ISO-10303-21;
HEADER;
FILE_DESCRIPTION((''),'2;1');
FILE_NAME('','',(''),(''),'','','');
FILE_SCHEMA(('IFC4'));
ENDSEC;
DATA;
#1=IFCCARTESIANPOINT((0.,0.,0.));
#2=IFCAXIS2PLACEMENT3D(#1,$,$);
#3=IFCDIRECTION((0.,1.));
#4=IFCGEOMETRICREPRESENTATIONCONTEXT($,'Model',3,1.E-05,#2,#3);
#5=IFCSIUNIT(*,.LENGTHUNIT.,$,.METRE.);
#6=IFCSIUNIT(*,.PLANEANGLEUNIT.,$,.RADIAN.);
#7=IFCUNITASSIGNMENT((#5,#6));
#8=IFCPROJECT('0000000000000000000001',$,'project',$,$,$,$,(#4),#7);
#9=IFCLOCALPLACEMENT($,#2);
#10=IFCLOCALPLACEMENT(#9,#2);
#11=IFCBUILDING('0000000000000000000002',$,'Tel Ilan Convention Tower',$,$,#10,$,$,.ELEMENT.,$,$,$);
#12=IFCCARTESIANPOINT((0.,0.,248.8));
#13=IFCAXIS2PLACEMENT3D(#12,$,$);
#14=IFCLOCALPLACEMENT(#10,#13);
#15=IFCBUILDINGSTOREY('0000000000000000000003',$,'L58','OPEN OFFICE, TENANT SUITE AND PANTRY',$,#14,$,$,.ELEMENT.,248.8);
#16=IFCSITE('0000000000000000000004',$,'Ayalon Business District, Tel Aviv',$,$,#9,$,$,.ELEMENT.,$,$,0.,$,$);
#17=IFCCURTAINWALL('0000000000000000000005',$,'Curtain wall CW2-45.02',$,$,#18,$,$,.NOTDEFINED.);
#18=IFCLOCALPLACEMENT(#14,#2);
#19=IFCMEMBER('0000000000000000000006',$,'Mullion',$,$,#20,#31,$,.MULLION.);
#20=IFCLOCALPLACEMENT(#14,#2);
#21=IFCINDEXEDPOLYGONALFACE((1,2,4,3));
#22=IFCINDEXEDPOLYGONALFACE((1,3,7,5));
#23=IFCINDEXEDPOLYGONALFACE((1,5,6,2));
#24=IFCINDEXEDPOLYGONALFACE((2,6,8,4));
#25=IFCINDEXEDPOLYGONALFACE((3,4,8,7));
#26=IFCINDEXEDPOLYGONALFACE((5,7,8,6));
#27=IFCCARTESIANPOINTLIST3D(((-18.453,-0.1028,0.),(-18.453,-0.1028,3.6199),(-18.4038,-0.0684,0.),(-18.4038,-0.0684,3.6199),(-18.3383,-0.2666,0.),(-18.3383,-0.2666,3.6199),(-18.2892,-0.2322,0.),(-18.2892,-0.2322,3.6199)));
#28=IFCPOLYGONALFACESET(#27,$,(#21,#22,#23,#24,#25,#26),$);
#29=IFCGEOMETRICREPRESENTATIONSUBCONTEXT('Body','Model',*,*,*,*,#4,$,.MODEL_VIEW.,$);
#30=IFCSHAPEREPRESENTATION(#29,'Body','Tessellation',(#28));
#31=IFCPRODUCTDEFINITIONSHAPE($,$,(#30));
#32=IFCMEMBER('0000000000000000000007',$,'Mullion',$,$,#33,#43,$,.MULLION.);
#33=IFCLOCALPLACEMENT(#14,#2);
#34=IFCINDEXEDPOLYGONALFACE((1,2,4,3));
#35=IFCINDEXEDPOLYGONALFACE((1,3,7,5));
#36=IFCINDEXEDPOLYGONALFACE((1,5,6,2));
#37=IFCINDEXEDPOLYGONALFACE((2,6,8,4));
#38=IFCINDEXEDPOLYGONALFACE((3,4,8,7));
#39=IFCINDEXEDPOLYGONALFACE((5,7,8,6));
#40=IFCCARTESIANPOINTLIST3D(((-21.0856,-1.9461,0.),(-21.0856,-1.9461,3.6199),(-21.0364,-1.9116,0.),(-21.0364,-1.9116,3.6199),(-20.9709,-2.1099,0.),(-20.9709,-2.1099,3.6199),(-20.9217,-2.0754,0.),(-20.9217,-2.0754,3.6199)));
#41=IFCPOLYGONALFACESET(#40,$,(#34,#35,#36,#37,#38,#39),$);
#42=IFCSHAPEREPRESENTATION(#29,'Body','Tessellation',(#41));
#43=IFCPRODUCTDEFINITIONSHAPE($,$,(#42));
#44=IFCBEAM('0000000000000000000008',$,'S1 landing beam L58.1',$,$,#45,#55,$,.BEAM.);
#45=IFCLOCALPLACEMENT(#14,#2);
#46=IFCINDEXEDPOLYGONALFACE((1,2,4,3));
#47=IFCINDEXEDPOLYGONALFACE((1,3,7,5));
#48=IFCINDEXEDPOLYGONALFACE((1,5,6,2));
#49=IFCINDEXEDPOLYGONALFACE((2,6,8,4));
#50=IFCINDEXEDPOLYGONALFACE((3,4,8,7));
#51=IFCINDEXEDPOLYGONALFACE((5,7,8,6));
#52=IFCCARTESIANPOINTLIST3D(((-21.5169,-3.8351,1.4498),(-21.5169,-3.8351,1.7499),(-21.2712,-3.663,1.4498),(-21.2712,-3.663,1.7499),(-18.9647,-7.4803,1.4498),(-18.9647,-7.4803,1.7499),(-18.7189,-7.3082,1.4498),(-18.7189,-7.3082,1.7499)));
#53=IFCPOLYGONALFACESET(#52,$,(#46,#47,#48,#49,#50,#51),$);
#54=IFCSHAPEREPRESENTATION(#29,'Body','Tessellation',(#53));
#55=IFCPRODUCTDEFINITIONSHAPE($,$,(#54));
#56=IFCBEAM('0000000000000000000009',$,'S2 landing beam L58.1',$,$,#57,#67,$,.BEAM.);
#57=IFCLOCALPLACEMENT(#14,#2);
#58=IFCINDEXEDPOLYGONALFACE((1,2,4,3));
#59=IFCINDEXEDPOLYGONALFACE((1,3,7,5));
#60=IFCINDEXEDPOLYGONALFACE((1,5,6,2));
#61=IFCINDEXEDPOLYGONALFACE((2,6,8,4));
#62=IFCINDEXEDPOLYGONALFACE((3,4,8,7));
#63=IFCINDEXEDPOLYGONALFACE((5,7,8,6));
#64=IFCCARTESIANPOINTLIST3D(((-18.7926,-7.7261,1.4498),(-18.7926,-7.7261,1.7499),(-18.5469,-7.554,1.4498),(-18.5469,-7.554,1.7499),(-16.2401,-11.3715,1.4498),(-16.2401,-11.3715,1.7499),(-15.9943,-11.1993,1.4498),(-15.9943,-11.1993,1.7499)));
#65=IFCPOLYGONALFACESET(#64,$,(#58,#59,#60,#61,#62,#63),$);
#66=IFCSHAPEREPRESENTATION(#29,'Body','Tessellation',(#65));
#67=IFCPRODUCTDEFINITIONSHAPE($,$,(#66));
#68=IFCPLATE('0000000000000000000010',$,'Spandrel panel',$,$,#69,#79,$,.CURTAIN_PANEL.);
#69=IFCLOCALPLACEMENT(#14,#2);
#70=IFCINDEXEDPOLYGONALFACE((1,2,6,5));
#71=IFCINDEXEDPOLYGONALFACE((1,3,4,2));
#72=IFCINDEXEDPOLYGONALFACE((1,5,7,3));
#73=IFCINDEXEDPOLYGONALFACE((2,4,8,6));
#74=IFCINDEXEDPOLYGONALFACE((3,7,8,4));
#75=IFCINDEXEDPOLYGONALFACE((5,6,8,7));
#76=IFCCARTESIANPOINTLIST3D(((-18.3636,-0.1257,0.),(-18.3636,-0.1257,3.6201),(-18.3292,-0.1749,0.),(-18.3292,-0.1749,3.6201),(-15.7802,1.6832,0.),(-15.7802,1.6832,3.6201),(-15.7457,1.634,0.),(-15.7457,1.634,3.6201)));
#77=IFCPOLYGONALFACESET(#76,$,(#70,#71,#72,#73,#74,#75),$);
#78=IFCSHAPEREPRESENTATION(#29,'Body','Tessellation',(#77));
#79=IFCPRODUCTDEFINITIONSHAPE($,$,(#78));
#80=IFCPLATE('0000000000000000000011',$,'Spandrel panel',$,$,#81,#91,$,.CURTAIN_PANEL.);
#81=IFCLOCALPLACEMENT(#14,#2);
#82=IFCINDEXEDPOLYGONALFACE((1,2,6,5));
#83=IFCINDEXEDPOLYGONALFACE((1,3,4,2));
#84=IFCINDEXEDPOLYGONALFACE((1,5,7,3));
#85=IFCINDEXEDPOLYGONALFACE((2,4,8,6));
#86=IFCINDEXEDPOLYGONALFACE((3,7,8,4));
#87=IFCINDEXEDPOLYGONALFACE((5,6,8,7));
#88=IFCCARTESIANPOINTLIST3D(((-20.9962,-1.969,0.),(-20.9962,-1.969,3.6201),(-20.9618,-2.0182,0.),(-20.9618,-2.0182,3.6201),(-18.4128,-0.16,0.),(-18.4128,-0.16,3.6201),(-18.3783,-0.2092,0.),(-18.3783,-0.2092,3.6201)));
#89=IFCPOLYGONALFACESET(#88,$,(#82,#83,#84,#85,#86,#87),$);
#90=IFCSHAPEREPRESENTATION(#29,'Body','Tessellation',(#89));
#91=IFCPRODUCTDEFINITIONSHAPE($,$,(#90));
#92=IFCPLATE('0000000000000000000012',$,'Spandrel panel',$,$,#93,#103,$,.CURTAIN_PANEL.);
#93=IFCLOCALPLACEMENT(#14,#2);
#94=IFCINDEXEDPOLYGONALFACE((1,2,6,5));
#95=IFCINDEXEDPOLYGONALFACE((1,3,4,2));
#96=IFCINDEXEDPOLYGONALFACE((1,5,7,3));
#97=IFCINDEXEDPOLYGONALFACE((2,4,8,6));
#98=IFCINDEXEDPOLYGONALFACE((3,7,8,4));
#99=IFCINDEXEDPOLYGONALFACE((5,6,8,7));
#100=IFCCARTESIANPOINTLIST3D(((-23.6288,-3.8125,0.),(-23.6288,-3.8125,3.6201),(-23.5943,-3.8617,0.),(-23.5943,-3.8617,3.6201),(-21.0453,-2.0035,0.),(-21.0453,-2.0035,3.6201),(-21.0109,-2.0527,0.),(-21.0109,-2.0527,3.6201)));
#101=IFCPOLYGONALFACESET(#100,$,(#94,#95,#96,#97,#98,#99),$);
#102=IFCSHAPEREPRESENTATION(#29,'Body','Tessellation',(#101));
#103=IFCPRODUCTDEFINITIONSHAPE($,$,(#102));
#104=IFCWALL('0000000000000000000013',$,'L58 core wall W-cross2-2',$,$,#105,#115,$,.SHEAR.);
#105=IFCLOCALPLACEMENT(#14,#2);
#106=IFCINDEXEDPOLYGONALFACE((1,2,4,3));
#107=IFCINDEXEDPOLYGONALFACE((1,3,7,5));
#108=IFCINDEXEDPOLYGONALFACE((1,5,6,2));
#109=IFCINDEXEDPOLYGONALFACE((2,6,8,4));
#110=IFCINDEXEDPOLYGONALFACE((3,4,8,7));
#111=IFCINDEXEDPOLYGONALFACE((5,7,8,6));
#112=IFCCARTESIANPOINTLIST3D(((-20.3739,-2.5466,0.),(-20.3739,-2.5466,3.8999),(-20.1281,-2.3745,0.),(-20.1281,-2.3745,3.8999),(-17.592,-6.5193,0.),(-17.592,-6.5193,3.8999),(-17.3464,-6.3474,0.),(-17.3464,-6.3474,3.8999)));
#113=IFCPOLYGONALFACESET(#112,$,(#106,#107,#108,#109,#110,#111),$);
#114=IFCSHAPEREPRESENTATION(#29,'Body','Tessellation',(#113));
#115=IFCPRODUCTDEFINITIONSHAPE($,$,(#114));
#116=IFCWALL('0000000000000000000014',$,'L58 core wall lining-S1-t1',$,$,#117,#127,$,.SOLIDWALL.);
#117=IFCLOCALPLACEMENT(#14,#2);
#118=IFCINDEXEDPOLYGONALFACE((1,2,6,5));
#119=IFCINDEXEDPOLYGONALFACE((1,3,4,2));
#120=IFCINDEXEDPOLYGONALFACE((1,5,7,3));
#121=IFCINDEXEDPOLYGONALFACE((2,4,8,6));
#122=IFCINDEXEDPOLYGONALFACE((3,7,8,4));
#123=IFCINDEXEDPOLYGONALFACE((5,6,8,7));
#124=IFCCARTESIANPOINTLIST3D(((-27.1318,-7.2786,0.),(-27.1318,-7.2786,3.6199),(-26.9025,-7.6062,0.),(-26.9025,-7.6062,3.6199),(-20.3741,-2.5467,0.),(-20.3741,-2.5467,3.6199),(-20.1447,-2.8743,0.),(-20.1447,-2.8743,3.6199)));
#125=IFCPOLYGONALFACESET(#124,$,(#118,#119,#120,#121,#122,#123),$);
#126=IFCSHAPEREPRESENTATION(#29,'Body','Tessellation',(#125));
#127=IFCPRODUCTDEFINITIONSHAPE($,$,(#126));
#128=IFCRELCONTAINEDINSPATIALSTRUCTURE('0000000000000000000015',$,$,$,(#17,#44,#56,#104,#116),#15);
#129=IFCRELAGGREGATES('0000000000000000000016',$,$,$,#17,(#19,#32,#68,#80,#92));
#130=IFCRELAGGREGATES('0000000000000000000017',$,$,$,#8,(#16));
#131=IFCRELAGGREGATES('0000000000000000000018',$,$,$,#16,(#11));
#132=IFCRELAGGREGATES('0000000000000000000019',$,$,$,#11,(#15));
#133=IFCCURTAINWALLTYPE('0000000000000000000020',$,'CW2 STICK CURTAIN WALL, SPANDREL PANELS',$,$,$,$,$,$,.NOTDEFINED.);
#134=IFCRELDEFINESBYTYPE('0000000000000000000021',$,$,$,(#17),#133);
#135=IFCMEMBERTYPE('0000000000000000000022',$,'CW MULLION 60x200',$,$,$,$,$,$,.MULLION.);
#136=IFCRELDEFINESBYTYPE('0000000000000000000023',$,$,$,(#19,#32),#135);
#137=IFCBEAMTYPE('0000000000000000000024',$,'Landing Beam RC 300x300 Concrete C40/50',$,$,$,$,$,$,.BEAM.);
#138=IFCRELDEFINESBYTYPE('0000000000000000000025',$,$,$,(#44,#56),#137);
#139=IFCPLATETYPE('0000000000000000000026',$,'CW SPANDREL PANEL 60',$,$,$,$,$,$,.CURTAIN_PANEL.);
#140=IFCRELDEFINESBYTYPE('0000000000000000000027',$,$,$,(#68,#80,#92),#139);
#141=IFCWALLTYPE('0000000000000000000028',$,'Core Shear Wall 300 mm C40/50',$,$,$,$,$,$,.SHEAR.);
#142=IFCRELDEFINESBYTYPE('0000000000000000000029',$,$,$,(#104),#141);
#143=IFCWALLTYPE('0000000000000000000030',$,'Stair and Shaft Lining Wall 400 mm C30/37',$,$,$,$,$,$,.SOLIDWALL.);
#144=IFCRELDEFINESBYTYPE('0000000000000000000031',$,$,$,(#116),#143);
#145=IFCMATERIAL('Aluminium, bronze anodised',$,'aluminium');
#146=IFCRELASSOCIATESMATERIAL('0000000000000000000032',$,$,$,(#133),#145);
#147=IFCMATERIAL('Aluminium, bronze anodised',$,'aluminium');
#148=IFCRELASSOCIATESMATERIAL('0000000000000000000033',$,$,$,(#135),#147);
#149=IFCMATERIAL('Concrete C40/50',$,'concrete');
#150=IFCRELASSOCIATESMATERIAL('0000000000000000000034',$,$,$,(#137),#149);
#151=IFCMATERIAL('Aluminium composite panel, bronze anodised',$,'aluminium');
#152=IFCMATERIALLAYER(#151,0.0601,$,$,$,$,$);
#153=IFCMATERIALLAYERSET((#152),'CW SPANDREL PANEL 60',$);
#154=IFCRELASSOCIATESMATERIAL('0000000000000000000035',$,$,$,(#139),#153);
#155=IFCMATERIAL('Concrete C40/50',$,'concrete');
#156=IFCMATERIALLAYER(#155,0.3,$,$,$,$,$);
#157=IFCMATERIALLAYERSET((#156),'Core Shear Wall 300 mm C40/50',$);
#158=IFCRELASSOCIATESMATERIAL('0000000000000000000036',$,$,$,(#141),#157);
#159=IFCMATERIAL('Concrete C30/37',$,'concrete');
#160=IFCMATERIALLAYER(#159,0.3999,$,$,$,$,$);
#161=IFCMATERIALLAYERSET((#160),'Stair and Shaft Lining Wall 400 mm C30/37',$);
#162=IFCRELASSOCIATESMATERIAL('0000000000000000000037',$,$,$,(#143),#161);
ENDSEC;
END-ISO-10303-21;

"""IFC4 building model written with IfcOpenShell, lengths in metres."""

from ifc_helpers import new_model, si_unit, direction, frame, frame_2d, origin, origin_2d, place, context, subcontext, project, spatial, polyline, rectangle, outline, extrude, material, layer, layer_set, material_profile, profile_set, type_object, element, aggregate, save


model = new_model("IFC4")

# Units and contexts
model_context = context("Model", 3, precision=1e-05, world=origin(), true_north=direction((0.0, 1.0)))
body_context = subcontext(model_context, "Body", "Model", "MODEL_VIEW")
ifc_project = project(units=[si_unit("LENGTHUNIT", "METRE"), si_unit("PLANEANGLEUNIT", "RADIAN")], contexts=[model_context])

# Site, building, storey
site_placement = place(None, origin())
site = spatial("IfcSite", under=ifc_project, at=site_placement, Name="Ayalon Business District, Tel Aviv", CompositionType="ELEMENT", RefElevation=0.0)
building_placement = place(site_placement, origin())
building = spatial("IfcBuilding", under=site, at=building_placement, Name="Tel Ilan Convention Tower", CompositionType="ELEMENT")
storey_placement = place(building_placement, frame((0.0, 0.0, 248.8)))
storey = spatial("IfcBuildingStorey", under=building, at=storey_placement, Name="L58", Description="OPEN OFFICE, TENANT SUITE AND PANTRY", CompositionType="ELEMENT", Elevation=248.8)

# Curtain wall, members
ifc_material_1 = material(Name="Aluminium, bronze anodised", Category="aluminium")
curtain_wall_type = type_object("IfcCurtainWallType", Name="CW2 STICK CURTAIN WALL, SPANDREL PANELS", PredefinedType="NOTDEFINED", material=ifc_material_1)
curtain_wall_placement = place(storey_placement, origin())
curtain_wall = element("IfcCurtainWall", 1, at=curtain_wall_placement, inside=storey, type_object=curtain_wall_type, Name="Curtain wall CW2-45.02", PredefinedType="NOTDEFINED")
ifc_material_2 = material(Name="Aluminium, bronze anodised", Category="aluminium")
ifc_material_profile_1 = material_profile(ifc_material_2, rectangle(XDim=0.0601, YDim=0.2, at=origin_2d()), Name="CW MULLION 60x200")
ifc_profile_set_1 = profile_set([ifc_material_profile_1], Name="Aluminium, bronze anodised")
member_type = type_object("IfcMemberType", Name="CW MULLION 60x200", PredefinedType="MULLION", material=ifc_profile_set_1)
member_1_placement = place(storey_placement, frame((-18.3711, -0.1675, 0.0), z_axis=(0.0, 0.0, 1.0), x_axis=(-0.819152, -0.573576, 0.0)))
member_1 = element("IfcMember", 2, at=member_1_placement, type_object=member_type, Name="Mullion", PredefinedType="MULLION", context=body_context, shape_type="SweptSolid", body=[
    extrude(rectangle(XDim=0.0601, YDim=0.2, at=origin_2d()), origin(), (0.0, 0.0, 1.0), 3.6199),
])
member_2_placement = place(storey_placement, frame((-21.0037, -2.0107, 0.0), z_axis=(0.0, 0.0, 1.0), x_axis=(-0.819152, -0.573576, 0.0)))
member_2 = element("IfcMember", 3, at=member_2_placement, type_object=member_type, Name="Mullion", PredefinedType="MULLION", context=body_context, shape_type="SweptSolid", body=[
    extrude(rectangle(XDim=0.0601, YDim=0.2, at=origin_2d()), origin(), (0.0, 0.0, 1.0), 3.6199),
])

# Beams
ifc_material_3 = material(Name="Concrete C40/50", Category="concrete")
ifc_material_profile_2 = material_profile(ifc_material_3, rectangle(XDim=0.3, YDim=0.3, at=origin_2d()), Name="RC 300x300")
ifc_profile_set_2 = profile_set([ifc_material_profile_2], Name="Concrete C40/50")
beam_type = type_object("IfcBeamType", Name="Landing Beam RC 300x300 Concrete C40/50", PredefinedType="BEAM", material=ifc_profile_set_2)
beam_1_placement = place(storey_placement, frame((-18.8418, -7.3943, 1.5999), z_axis=(-0.573547, 0.819173, 0.0), x_axis=(-0.819173, -0.573547, 0.0)))
element("IfcBeam", 4, at=beam_1_placement, inside=storey, type_object=beam_type, Name="S1 landing beam L58.1", PredefinedType="BEAM", context=body_context, shape_type="SweptSolid", body=[
    extrude(rectangle(XDim=0.3, YDim=0.3, at=origin_2d()), origin(), (0.0, 0.0, 1.0), 4.45),
])
beam_2_placement = place(storey_placement, frame((-16.1172, -11.2854, 1.5999), z_axis=(-0.573584, 0.819147, 0.0), x_axis=(-0.819147, -0.573584, 0.0)))
element("IfcBeam", 5, at=beam_2_placement, inside=storey, type_object=beam_type, Name="S2 landing beam L58.1", PredefinedType="BEAM", context=body_context, shape_type="SweptSolid", body=[
    extrude(rectangle(XDim=0.3, YDim=0.3, at=origin_2d()), origin(), (0.0, 0.0, 1.0), 4.4502),
])

# Plates
ifc_material_4 = material(Name="Aluminium composite panel, bronze anodised", Category="aluminium")
ifc_layer_1 = layer(ifc_material_4, 0.0601)
ifc_layer_set_1 = layer_set([ifc_layer_1], Name="CW SPANDREL PANEL 60")
plate_type = type_object("IfcPlateType", Name="CW SPANDREL PANEL 60", PredefinedType="CURTAIN_PANEL", material=ifc_layer_set_1)
plate_1_placement = place(storey_placement, frame((-17.0547, 0.7542, 0.0), z_axis=(0.0, 0.0, 1.0), x_axis=(-0.819152, -0.573576, 0.0)))
plate_1 = element("IfcPlate", 6, at=plate_1_placement, type_object=plate_type, Name="Spandrel panel", PredefinedType="CURTAIN_PANEL", context=body_context, shape_type="SweptSolid", body=[
    extrude(rectangle(XDim=3.1538, YDim=0.0601, at=origin_2d()), origin(), (0.0, 0.0, 1.0), 3.6201),
])
plate_2_placement = place(storey_placement, frame((-19.6873, -1.0891, 0.0), z_axis=(0.0, 0.0, 1.0), x_axis=(-0.819152, -0.573576, 0.0)))
plate_2 = element("IfcPlate", 7, at=plate_2_placement, type_object=plate_type, Name="Spandrel panel", PredefinedType="CURTAIN_PANEL", context=body_context, shape_type="SweptSolid", body=[
    extrude(rectangle(XDim=3.1538, YDim=0.0601, at=origin_2d()), origin(), (0.0, 0.0, 1.0), 3.6201),
])
plate_3_placement = place(storey_placement, frame((-22.3198, -2.9326, 0.0), z_axis=(0.0, 0.0, 1.0), x_axis=(-0.819152, -0.573576, 0.0)))
plate_3 = element("IfcPlate", 8, at=plate_3_placement, type_object=plate_type, Name="Spandrel panel", PredefinedType="CURTAIN_PANEL", context=body_context, shape_type="SweptSolid", body=[
    extrude(rectangle(XDim=3.1538, YDim=0.0601, at=origin_2d()), origin(), (0.0, 0.0, 1.0), 3.6201),
])
aggregate(curtain_wall, [member_1, member_2, plate_1, plate_2, plate_3])

# Walls
ifc_material_5 = material(Name="Concrete C40/50", Category="concrete")
ifc_layer_2 = layer(ifc_material_5, 0.3)
ifc_layer_set_2 = layer_set([ifc_layer_2], Name="Core Shear Wall 300 mm C40/50")
wall_type_1 = type_object("IfcWallType", Name="Core Shear Wall 300 mm C40/50", PredefinedType="SHEAR", material=ifc_layer_set_2)
wall_1_placement = place(storey_placement, frame((-17.4692, -6.4333, 0.0), z_axis=(0.0, 0.0, 1.0), x_axis=(-0.573594, 0.81914, 0.0)))
element("IfcWall", 9, at=wall_1_placement, inside=storey, type_object=wall_type_1, Name="L58 core wall W-cross2-2", PredefinedType="SHEAR", context=body_context, shape_type="SweptSolid", body=[
    extrude(outline(polyline([(4.8499, -0.1501), (4.8499, 0.1499), (0.0, 0.1499), (0.0, -0.1499), (4.8499, -0.1501)])), origin(), (0.0, 0.0, 1.0), 3.8999),
])
ifc_material_6 = material(Name="Concrete C30/37", Category="concrete")
ifc_layer_3 = layer(ifc_material_6, 0.3999)
ifc_layer_set_3 = layer_set([ifc_layer_3], Name="Stair and Shaft Lining Wall 400 mm C30/37")
wall_type_2 = type_object("IfcWallType", Name="Stair and Shaft Lining Wall 400 mm C30/37", PredefinedType="SOLIDWALL", material=ifc_layer_set_3)
wall_2_placement = place(storey_placement, frame((-20.2593, -2.7104, 0.0), z_axis=(0.0, 0.0, 1.0), x_axis=(-0.819148, -0.573582, 0.0)))
element("IfcWall", 10, at=wall_2_placement, inside=storey, type_object=wall_type_2, Name="L58 core wall lining-S1-t1", PredefinedType="SOLIDWALL", context=body_context, shape_type="SweptSolid", body=[
    extrude(rectangle(XDim=8.2498, YDim=0.3999, at=frame_2d((4.125, 0.0))), origin(), (0.0, 0.0, 1.0), 3.6199),
])

save(model, "model.ifc")
